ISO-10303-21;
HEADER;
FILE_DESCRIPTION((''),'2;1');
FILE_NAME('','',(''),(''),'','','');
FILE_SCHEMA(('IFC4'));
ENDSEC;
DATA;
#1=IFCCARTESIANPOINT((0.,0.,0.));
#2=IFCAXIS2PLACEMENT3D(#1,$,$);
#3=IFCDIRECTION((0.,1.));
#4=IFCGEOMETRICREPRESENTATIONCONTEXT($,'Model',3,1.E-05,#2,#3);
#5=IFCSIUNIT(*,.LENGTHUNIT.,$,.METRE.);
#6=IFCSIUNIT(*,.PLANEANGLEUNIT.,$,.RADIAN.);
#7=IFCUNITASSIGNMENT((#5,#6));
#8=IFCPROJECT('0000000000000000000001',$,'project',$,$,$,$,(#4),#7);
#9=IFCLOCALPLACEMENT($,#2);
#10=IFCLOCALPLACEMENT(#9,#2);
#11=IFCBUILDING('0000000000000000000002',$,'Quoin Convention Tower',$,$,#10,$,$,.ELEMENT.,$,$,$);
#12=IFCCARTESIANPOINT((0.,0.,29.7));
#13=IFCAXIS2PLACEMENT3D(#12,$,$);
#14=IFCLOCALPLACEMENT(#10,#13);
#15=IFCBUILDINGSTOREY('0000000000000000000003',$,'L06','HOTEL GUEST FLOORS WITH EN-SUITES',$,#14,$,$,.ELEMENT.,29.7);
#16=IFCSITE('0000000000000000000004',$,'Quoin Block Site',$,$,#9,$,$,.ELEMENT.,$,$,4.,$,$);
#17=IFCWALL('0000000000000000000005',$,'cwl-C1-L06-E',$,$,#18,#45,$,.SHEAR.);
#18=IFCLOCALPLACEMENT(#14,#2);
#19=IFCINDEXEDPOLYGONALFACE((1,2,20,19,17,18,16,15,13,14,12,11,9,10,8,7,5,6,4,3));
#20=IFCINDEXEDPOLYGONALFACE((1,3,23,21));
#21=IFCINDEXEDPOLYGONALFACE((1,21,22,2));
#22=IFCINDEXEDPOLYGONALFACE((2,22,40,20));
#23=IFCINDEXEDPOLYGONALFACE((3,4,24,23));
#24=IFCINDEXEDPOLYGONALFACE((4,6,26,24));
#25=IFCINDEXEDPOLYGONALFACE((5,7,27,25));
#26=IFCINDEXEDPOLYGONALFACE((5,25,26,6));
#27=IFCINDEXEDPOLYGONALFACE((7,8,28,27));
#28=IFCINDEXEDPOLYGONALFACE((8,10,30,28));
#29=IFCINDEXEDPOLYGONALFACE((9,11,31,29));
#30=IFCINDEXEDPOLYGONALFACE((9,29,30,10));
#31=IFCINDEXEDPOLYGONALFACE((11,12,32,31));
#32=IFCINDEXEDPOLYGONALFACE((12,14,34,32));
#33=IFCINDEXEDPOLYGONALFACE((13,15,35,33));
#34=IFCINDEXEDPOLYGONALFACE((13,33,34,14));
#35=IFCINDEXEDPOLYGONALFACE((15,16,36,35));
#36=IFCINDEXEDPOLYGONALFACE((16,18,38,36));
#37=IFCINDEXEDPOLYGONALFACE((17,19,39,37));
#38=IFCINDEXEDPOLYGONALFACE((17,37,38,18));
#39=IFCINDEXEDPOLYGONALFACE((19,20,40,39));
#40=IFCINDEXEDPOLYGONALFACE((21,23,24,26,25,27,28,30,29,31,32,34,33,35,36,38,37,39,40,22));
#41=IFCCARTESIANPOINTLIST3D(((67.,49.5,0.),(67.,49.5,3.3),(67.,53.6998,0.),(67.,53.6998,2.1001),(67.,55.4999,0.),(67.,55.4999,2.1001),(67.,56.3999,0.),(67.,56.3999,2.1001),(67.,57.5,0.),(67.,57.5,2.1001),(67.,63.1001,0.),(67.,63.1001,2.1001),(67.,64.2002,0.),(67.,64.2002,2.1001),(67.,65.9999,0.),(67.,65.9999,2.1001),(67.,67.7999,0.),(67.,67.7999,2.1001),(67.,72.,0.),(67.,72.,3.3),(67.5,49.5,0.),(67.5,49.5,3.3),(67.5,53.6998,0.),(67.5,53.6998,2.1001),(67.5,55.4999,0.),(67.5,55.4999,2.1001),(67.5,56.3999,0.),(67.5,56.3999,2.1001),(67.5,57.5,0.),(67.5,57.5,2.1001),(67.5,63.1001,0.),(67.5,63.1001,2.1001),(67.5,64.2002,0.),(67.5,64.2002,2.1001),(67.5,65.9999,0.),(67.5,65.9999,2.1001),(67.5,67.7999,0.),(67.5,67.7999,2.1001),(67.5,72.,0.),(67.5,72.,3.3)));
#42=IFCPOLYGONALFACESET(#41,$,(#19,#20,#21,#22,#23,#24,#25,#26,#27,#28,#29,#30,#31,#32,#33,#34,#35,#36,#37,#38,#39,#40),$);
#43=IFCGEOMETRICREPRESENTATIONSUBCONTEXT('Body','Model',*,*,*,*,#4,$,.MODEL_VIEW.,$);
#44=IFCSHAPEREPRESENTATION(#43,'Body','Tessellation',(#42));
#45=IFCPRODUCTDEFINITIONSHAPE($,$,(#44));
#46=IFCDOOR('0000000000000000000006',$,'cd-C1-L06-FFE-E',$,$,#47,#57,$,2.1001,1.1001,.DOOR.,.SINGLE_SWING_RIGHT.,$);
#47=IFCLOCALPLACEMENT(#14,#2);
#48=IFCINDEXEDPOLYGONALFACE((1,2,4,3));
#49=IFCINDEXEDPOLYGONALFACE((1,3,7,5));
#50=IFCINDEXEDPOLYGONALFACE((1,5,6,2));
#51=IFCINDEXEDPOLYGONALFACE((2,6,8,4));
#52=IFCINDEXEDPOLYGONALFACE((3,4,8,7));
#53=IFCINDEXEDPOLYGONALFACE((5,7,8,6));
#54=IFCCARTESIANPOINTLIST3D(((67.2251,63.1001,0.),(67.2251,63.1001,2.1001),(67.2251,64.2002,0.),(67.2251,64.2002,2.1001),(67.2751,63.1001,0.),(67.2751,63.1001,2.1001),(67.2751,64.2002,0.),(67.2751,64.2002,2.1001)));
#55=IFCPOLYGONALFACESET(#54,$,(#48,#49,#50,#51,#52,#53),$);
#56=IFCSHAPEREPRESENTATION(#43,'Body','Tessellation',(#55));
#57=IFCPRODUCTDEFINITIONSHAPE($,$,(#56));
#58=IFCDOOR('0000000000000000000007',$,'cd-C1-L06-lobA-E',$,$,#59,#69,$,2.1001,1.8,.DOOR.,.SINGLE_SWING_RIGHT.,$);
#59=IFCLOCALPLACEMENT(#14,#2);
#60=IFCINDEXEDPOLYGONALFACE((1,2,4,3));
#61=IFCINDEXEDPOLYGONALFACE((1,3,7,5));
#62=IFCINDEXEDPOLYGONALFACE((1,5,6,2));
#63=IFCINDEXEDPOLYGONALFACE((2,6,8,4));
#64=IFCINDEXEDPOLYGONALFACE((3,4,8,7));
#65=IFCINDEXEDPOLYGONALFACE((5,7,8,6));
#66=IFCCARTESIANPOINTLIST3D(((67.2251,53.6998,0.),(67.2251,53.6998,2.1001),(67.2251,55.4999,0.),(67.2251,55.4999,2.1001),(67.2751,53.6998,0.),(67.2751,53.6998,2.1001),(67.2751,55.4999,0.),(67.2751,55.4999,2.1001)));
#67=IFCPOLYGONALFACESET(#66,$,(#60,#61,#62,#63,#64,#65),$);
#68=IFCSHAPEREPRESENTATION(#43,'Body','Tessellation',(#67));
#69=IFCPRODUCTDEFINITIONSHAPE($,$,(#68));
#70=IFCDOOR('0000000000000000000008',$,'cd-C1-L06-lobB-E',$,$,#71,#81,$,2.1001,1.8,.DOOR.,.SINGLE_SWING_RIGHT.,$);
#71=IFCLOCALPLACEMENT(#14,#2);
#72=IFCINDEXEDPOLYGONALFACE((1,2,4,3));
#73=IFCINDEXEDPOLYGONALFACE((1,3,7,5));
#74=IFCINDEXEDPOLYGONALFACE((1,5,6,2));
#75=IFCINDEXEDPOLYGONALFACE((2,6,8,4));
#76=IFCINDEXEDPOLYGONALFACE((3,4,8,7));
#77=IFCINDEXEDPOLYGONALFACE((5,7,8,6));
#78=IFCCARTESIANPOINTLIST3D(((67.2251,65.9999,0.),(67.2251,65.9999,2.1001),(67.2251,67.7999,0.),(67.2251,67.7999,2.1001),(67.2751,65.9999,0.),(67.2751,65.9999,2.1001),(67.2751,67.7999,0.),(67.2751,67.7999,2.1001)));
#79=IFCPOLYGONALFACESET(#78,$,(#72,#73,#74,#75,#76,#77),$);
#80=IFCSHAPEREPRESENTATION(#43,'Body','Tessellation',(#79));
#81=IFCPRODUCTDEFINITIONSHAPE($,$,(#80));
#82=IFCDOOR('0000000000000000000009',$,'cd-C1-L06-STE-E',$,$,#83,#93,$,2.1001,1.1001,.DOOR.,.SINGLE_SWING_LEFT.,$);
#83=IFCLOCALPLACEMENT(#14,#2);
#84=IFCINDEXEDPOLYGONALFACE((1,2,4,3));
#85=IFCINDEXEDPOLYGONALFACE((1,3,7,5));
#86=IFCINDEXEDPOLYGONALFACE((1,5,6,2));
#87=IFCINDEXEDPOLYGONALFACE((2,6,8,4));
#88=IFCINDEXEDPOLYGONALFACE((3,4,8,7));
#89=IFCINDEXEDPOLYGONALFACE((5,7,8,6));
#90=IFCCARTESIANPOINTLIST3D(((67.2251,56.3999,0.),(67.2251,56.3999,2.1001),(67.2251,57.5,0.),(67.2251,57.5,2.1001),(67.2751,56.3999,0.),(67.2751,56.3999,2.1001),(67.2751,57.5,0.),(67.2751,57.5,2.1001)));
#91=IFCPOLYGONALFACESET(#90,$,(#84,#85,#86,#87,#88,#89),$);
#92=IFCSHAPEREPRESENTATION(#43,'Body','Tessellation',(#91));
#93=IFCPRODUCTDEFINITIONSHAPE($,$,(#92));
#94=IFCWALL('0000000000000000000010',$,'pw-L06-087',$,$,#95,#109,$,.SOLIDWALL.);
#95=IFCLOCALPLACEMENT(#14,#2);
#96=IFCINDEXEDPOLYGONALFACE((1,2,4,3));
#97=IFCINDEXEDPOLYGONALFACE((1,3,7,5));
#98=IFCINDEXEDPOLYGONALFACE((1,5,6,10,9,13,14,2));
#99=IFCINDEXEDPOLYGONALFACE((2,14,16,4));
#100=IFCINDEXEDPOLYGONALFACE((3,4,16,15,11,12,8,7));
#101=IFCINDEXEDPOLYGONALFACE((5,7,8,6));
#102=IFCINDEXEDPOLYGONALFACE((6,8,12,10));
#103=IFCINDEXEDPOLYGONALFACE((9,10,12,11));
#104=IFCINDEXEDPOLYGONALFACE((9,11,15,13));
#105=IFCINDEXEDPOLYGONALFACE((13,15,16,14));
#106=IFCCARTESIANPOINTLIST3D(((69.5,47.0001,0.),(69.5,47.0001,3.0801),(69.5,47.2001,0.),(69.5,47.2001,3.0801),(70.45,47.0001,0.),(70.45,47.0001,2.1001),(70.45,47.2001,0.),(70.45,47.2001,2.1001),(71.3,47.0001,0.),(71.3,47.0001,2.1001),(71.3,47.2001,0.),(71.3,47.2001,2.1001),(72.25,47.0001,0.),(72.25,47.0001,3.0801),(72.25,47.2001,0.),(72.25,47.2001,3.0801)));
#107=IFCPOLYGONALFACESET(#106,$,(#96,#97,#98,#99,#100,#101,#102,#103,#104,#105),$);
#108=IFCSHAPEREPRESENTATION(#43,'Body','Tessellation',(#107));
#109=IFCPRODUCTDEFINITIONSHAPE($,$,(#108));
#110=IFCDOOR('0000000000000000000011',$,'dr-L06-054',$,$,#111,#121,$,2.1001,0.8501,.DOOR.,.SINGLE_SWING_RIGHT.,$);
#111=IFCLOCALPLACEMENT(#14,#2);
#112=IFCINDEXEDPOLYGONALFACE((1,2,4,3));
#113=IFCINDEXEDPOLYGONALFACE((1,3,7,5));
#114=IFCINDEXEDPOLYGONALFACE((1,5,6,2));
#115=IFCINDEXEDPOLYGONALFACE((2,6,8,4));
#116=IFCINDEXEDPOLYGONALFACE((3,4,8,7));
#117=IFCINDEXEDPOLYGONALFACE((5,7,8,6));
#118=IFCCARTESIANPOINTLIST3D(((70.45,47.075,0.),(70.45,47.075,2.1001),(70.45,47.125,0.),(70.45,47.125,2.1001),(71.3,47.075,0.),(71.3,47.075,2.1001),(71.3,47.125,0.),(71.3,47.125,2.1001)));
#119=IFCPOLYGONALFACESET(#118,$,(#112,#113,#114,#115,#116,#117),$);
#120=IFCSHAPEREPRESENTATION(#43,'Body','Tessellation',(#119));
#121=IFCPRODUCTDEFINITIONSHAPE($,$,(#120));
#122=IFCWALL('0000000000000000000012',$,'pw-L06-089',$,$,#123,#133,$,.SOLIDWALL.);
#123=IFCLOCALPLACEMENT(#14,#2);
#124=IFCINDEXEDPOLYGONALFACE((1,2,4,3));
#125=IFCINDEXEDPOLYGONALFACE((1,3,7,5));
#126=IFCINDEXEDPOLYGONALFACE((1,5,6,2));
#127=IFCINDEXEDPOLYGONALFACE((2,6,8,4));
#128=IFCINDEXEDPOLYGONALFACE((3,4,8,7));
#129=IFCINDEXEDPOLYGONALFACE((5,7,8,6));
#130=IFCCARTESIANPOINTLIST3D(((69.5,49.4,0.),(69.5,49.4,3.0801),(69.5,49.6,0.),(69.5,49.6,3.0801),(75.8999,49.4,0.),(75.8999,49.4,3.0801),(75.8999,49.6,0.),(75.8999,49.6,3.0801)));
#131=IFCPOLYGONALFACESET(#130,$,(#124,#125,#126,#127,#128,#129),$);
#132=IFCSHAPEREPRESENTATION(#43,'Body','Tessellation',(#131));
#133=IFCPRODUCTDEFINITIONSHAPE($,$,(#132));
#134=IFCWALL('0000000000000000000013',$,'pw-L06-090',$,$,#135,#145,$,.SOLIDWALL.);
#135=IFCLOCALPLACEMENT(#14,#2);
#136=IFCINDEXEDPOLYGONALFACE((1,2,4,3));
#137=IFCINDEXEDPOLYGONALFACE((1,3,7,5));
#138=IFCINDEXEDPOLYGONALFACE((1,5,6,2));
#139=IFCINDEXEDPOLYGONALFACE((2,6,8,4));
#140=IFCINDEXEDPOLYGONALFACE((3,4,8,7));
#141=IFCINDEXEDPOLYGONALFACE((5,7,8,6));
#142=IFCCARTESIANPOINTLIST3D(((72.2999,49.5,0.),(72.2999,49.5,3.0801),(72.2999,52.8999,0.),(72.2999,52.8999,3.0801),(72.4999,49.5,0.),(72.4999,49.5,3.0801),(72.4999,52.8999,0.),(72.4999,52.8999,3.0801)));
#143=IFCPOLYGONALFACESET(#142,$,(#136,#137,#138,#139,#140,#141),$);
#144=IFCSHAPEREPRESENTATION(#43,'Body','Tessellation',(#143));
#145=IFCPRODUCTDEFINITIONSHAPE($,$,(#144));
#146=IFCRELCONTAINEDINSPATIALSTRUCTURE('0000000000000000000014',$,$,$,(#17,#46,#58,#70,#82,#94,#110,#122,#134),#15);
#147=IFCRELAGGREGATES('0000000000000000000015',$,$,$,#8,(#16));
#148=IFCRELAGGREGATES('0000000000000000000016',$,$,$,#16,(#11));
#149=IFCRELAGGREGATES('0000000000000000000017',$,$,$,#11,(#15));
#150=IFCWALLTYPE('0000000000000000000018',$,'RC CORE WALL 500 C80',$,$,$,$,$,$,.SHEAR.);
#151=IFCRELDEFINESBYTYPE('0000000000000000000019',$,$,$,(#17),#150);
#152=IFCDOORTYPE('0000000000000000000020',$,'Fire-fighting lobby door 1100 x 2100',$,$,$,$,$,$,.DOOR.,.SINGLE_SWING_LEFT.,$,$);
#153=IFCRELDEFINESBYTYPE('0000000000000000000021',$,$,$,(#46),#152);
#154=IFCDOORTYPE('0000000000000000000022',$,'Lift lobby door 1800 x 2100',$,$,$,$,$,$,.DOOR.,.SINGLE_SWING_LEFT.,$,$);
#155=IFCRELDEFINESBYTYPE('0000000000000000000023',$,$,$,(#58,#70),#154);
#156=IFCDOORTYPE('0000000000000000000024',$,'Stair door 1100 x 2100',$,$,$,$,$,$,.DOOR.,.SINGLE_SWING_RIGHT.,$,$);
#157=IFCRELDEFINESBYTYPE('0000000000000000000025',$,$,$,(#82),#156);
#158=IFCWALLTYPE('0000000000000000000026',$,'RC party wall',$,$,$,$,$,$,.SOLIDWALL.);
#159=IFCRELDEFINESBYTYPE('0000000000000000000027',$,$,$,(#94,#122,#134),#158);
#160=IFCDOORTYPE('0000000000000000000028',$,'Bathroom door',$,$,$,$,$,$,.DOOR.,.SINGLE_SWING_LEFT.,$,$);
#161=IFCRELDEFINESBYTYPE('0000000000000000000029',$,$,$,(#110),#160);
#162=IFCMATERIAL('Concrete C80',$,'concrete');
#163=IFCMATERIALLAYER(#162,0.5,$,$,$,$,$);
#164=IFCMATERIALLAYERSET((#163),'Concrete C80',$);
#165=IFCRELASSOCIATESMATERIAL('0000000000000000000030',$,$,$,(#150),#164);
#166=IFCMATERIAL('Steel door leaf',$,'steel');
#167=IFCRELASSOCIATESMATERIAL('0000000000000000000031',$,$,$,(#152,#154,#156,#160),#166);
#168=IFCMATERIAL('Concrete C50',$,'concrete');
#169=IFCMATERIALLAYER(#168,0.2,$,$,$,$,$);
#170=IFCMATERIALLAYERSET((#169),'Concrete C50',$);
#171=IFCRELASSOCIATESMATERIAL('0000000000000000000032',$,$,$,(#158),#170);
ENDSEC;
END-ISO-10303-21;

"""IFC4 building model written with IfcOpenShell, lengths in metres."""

from ifc_helpers import new_model, si_unit, direction, frame, frame_2d, origin, place, context, subcontext, project, spatial, rectangle, extrude, material, layer, layer_set, type_object, element, fill, save


model = new_model("IFC4")

# Units and contexts
model_context = context("Model", 3, precision=1e-05, world=origin(), true_north=direction((0.0, 1.0)))
body_context = subcontext(model_context, "Body", "Model", "MODEL_VIEW")
ifc_project = project(units=[si_unit("LENGTHUNIT", "METRE"), si_unit("PLANEANGLEUNIT", "RADIAN")], contexts=[model_context])

# Site, building, storey
site_placement = place(None, origin())
site = spatial("IfcSite", under=ifc_project, at=site_placement, Name="Quoin Block Site", CompositionType="ELEMENT", RefElevation=4.0)
building_placement = place(site_placement, origin())
building = spatial("IfcBuilding", under=site, at=building_placement, Name="Quoin Convention Tower", CompositionType="ELEMENT")
storey_placement = place(building_placement, frame((0.0, 0.0, 29.7)))
storey = spatial("IfcBuildingStorey", under=building, at=storey_placement, Name="L06", Description="HOTEL GUEST FLOORS WITH EN-SUITES", CompositionType="ELEMENT", Elevation=29.7)

# Shared definitions
ifc_material_1 = material(Name="Concrete C80", Category="concrete")

# Shared definitions
ifc_material_2 = material(Name="Concrete C50", Category="concrete")

# Wall, openings, doors
ifc_layer_1 = layer(ifc_material_1, 0.5)
ifc_layer_set_1 = layer_set([ifc_layer_1], Name="Concrete C80")
wall_type_1 = type_object("IfcWallType", Name="RC CORE WALL 500 C80", PredefinedType="SHEAR", material=ifc_layer_set_1)
wall_1_placement = place(storey_placement, frame((67.25, 49.5, 0.0), z_axis=(0.0, 0.0, 1.0), x_axis=(0.0, 1.0, 0.0)))
wall_1 = element("IfcWall", 1, at=wall_1_placement, inside=storey, type_object=wall_type_1, Name="cwl-C1-L06-E", PredefinedType="SHEAR", context=body_context, shape_type="SweptSolid", body=[
    extrude(rectangle(XDim=22.5, YDim=0.5, at=frame_2d((11.25, 0.0))), origin(), (0.0, 0.0, 1.0), 3.3),
])
opening_1_placement = place(wall_1_placement, frame((4.2, 0.0, 0.0)))
opening_1 = element("IfcOpeningElement", 2, at=opening_1_placement, cuts=wall_1, PredefinedType="OPENING", context=body_context, shape_type="SweptSolid", body=[
    extrude(rectangle(XDim=1.8, YDim=2.1001, at=frame_2d((0.8999, 1.05))), frame((0.0, 0.26, 0.0), z_axis=(0.0, -1.0, 0.0), x_axis=(1.0, 0.0, 0.0)), (0.0, 0.0, 1.0), 0.52),
])
opening_2_placement = place(wall_1_placement, frame((6.8999, 0.0, 0.0)))
opening_2 = element("IfcOpeningElement", 3, at=opening_2_placement, cuts=wall_1, PredefinedType="OPENING", context=body_context, shape_type="SweptSolid", body=[
    extrude(rectangle(XDim=1.1001, YDim=2.1001, at=frame_2d((0.55, 1.05))), frame((0.0, 0.26, 0.0), z_axis=(0.0, -1.0, 0.0), x_axis=(1.0, 0.0, 0.0)), (0.0, 0.0, 1.0), 0.52),
])
opening_3_placement = place(wall_1_placement, frame((13.6001, 0.0, 0.0)))
opening_3 = element("IfcOpeningElement", 4, at=opening_3_placement, cuts=wall_1, PredefinedType="OPENING", context=body_context, shape_type="SweptSolid", body=[
    extrude(rectangle(XDim=1.1001, YDim=2.1001, at=frame_2d((0.55, 1.05))), frame((0.0, 0.26, 0.0), z_axis=(0.0, -1.0, 0.0), x_axis=(1.0, 0.0, 0.0)), (0.0, 0.0, 1.0), 0.52),
])
opening_4_placement = place(wall_1_placement, frame((16.5, 0.0, 0.0)))
opening_4 = element("IfcOpeningElement", 5, at=opening_4_placement, cuts=wall_1, PredefinedType="OPENING", context=body_context, shape_type="SweptSolid", body=[
    extrude(rectangle(XDim=1.8, YDim=2.1001, at=frame_2d((0.8999, 1.05))), frame((0.0, 0.26, 0.0), z_axis=(0.0, -1.0, 0.0), x_axis=(1.0, 0.0, 0.0)), (0.0, 0.0, 1.0), 0.52),
])
ifc_material_3 = material(Name="Steel door leaf", Category="steel")
door_type_1 = type_object("IfcDoorType", Name="Fire-fighting lobby door 1100 x 2100", OperationType="SINGLE_SWING_LEFT", PredefinedType="DOOR", material=ifc_material_3)
door_1_placement = place(opening_3_placement, origin())
door_1 = element("IfcDoor", 6, at=door_1_placement, inside=storey, type_object=door_type_1, Name="cd-C1-L06-FFE-E", OperationType="SINGLE_SWING_RIGHT", OverallHeight=2.1001, OverallWidth=1.1001, PredefinedType="DOOR", context=body_context, shape_type="SweptSolid", body=[
    extrude(rectangle(XDim=1.1001, YDim=2.1001, at=frame_2d((0.55, 1.05))), frame((0.0, 0.0249, 0.0), z_axis=(0.0, -1.0, 0.0), x_axis=(1.0, 0.0, 0.0)), (0.0, 0.0, 1.0), 0.05),
])
fill(opening_3, door_1)
door_type_2 = type_object("IfcDoorType", Name="Lift lobby door 1800 x 2100", OperationType="SINGLE_SWING_LEFT", PredefinedType="DOOR", material=ifc_material_3)
door_2_placement = place(opening_1_placement, origin())
door_2 = element("IfcDoor", 7, at=door_2_placement, inside=storey, type_object=door_type_2, Name="cd-C1-L06-lobA-E", OperationType="SINGLE_SWING_RIGHT", OverallHeight=2.1001, OverallWidth=1.8, PredefinedType="DOOR", context=body_context, shape_type="SweptSolid", body=[
    extrude(rectangle(XDim=1.8, YDim=2.1001, at=frame_2d((0.8999, 1.05))), frame((0.0, 0.0249, 0.0), z_axis=(0.0, -1.0, 0.0), x_axis=(1.0, 0.0, 0.0)), (0.0, 0.0, 1.0), 0.05),
])
fill(opening_1, door_2)
door_3_placement = place(opening_4_placement, origin())
door_3 = element("IfcDoor", 8, at=door_3_placement, inside=storey, type_object=door_type_2, Name="cd-C1-L06-lobB-E", OperationType="SINGLE_SWING_RIGHT", OverallHeight=2.1001, OverallWidth=1.8, PredefinedType="DOOR", context=body_context, shape_type="SweptSolid", body=[
    extrude(rectangle(XDim=1.8, YDim=2.1001, at=frame_2d((0.8999, 1.05))), frame((0.0, 0.0249, 0.0), z_axis=(0.0, -1.0, 0.0), x_axis=(1.0, 0.0, 0.0)), (0.0, 0.0, 1.0), 0.05),
])
fill(opening_4, door_3)
door_type_3 = type_object("IfcDoorType", Name="Stair door 1100 x 2100", OperationType="SINGLE_SWING_RIGHT", PredefinedType="DOOR", material=ifc_material_3)
door_4_placement = place(opening_2_placement, origin())
door_4 = element("IfcDoor", 9, at=door_4_placement, inside=storey, type_object=door_type_3, Name="cd-C1-L06-STE-E", OperationType="SINGLE_SWING_LEFT", OverallHeight=2.1001, OverallWidth=1.1001, PredefinedType="DOOR", context=body_context, shape_type="SweptSolid", body=[
    extrude(rectangle(XDim=1.1001, YDim=2.1001, at=frame_2d((0.55, 1.05))), frame((0.0, 0.0249, 0.0), z_axis=(0.0, -1.0, 0.0), x_axis=(1.0, 0.0, 0.0)), (0.0, 0.0, 1.0), 0.05),
])
fill(opening_2, door_4)

# Wall, opening, door
ifc_layer_2 = layer(ifc_material_2, 0.2)
ifc_layer_set_2 = layer_set([ifc_layer_2], Name="Concrete C50")
wall_type_2 = type_object("IfcWallType", Name="RC party wall", PredefinedType="SOLIDWALL", material=ifc_layer_set_2)
wall_2_placement = place(storey_placement, frame((69.5, 47.1001, 0.0), z_axis=(0.0, 0.0, 1.0), x_axis=(1.0, 0.0, 0.0)))
wall_2 = element("IfcWall", 10, at=wall_2_placement, inside=storey, type_object=wall_type_2, Name="pw-L06-087", PredefinedType="SOLIDWALL", context=body_context, shape_type="SweptSolid", body=[
    extrude(rectangle(XDim=2.75, YDim=0.2, at=frame_2d((1.375, 0.0))), origin(), (0.0, 0.0, 1.0), 3.0801),
])
opening_5_placement = place(wall_2_placement, frame((0.95, 0.0, 0.0)))
opening_5 = element("IfcOpeningElement", 11, at=opening_5_placement, cuts=wall_2, PredefinedType="OPENING", context=body_context, shape_type="SweptSolid", body=[
    extrude(rectangle(XDim=0.8501, YDim=2.1001, at=frame_2d((0.425, 1.05))), frame((0.0, 0.1099, 0.0), z_axis=(0.0, -1.0, 0.0), x_axis=(1.0, 0.0, 0.0)), (0.0, 0.0, 1.0), 0.22),
])
door_type_4 = type_object("IfcDoorType", Name="Bathroom door", OperationType="SINGLE_SWING_LEFT", PredefinedType="DOOR", material=ifc_material_3)
door_5_placement = place(opening_5_placement, origin())
door_5 = element("IfcDoor", 12, at=door_5_placement, inside=storey, type_object=door_type_4, Name="dr-L06-054", OperationType="SINGLE_SWING_RIGHT", OverallHeight=2.1001, OverallWidth=0.8501, PredefinedType="DOOR", context=body_context, shape_type="SweptSolid", body=[
    extrude(rectangle(XDim=0.8501, YDim=2.1001, at=frame_2d((0.425, 1.05))), frame((0.0, 0.0249, 0.0), z_axis=(0.0, -1.0, 0.0), x_axis=(1.0, 0.0, 0.0)), (0.0, 0.0, 1.0), 0.05),
])
fill(opening_5, door_5)

# Walls
wall_3_placement = place(storey_placement, frame((69.5, 49.5, 0.0), z_axis=(0.0, 0.0, 1.0), x_axis=(1.0, 0.0, 0.0)))
element("IfcWall", 13, at=wall_3_placement, inside=storey, type_object=wall_type_2, Name="pw-L06-089", PredefinedType="SOLIDWALL", context=body_context, shape_type="SweptSolid", body=[
    extrude(rectangle(XDim=6.3999, YDim=0.2, at=frame_2d((3.2, 0.0))), origin(), (0.0, 0.0, 1.0), 3.0801),
])
wall_4_placement = place(storey_placement, frame((72.3999, 49.5, 0.0), z_axis=(0.0, 0.0, 1.0), x_axis=(0.0, 1.0, 0.0)))
element("IfcWall", 14, at=wall_4_placement, inside=storey, type_object=wall_type_2, Name="pw-L06-090", PredefinedType="SOLIDWALL", context=body_context, shape_type="SweptSolid", body=[
    extrude(rectangle(XDim=3.3999, YDim=0.2, at=frame_2d((1.7, 0.0))), origin(), (0.0, 0.0, 1.0), 3.0801),
])

save(model, "model.ifc")
